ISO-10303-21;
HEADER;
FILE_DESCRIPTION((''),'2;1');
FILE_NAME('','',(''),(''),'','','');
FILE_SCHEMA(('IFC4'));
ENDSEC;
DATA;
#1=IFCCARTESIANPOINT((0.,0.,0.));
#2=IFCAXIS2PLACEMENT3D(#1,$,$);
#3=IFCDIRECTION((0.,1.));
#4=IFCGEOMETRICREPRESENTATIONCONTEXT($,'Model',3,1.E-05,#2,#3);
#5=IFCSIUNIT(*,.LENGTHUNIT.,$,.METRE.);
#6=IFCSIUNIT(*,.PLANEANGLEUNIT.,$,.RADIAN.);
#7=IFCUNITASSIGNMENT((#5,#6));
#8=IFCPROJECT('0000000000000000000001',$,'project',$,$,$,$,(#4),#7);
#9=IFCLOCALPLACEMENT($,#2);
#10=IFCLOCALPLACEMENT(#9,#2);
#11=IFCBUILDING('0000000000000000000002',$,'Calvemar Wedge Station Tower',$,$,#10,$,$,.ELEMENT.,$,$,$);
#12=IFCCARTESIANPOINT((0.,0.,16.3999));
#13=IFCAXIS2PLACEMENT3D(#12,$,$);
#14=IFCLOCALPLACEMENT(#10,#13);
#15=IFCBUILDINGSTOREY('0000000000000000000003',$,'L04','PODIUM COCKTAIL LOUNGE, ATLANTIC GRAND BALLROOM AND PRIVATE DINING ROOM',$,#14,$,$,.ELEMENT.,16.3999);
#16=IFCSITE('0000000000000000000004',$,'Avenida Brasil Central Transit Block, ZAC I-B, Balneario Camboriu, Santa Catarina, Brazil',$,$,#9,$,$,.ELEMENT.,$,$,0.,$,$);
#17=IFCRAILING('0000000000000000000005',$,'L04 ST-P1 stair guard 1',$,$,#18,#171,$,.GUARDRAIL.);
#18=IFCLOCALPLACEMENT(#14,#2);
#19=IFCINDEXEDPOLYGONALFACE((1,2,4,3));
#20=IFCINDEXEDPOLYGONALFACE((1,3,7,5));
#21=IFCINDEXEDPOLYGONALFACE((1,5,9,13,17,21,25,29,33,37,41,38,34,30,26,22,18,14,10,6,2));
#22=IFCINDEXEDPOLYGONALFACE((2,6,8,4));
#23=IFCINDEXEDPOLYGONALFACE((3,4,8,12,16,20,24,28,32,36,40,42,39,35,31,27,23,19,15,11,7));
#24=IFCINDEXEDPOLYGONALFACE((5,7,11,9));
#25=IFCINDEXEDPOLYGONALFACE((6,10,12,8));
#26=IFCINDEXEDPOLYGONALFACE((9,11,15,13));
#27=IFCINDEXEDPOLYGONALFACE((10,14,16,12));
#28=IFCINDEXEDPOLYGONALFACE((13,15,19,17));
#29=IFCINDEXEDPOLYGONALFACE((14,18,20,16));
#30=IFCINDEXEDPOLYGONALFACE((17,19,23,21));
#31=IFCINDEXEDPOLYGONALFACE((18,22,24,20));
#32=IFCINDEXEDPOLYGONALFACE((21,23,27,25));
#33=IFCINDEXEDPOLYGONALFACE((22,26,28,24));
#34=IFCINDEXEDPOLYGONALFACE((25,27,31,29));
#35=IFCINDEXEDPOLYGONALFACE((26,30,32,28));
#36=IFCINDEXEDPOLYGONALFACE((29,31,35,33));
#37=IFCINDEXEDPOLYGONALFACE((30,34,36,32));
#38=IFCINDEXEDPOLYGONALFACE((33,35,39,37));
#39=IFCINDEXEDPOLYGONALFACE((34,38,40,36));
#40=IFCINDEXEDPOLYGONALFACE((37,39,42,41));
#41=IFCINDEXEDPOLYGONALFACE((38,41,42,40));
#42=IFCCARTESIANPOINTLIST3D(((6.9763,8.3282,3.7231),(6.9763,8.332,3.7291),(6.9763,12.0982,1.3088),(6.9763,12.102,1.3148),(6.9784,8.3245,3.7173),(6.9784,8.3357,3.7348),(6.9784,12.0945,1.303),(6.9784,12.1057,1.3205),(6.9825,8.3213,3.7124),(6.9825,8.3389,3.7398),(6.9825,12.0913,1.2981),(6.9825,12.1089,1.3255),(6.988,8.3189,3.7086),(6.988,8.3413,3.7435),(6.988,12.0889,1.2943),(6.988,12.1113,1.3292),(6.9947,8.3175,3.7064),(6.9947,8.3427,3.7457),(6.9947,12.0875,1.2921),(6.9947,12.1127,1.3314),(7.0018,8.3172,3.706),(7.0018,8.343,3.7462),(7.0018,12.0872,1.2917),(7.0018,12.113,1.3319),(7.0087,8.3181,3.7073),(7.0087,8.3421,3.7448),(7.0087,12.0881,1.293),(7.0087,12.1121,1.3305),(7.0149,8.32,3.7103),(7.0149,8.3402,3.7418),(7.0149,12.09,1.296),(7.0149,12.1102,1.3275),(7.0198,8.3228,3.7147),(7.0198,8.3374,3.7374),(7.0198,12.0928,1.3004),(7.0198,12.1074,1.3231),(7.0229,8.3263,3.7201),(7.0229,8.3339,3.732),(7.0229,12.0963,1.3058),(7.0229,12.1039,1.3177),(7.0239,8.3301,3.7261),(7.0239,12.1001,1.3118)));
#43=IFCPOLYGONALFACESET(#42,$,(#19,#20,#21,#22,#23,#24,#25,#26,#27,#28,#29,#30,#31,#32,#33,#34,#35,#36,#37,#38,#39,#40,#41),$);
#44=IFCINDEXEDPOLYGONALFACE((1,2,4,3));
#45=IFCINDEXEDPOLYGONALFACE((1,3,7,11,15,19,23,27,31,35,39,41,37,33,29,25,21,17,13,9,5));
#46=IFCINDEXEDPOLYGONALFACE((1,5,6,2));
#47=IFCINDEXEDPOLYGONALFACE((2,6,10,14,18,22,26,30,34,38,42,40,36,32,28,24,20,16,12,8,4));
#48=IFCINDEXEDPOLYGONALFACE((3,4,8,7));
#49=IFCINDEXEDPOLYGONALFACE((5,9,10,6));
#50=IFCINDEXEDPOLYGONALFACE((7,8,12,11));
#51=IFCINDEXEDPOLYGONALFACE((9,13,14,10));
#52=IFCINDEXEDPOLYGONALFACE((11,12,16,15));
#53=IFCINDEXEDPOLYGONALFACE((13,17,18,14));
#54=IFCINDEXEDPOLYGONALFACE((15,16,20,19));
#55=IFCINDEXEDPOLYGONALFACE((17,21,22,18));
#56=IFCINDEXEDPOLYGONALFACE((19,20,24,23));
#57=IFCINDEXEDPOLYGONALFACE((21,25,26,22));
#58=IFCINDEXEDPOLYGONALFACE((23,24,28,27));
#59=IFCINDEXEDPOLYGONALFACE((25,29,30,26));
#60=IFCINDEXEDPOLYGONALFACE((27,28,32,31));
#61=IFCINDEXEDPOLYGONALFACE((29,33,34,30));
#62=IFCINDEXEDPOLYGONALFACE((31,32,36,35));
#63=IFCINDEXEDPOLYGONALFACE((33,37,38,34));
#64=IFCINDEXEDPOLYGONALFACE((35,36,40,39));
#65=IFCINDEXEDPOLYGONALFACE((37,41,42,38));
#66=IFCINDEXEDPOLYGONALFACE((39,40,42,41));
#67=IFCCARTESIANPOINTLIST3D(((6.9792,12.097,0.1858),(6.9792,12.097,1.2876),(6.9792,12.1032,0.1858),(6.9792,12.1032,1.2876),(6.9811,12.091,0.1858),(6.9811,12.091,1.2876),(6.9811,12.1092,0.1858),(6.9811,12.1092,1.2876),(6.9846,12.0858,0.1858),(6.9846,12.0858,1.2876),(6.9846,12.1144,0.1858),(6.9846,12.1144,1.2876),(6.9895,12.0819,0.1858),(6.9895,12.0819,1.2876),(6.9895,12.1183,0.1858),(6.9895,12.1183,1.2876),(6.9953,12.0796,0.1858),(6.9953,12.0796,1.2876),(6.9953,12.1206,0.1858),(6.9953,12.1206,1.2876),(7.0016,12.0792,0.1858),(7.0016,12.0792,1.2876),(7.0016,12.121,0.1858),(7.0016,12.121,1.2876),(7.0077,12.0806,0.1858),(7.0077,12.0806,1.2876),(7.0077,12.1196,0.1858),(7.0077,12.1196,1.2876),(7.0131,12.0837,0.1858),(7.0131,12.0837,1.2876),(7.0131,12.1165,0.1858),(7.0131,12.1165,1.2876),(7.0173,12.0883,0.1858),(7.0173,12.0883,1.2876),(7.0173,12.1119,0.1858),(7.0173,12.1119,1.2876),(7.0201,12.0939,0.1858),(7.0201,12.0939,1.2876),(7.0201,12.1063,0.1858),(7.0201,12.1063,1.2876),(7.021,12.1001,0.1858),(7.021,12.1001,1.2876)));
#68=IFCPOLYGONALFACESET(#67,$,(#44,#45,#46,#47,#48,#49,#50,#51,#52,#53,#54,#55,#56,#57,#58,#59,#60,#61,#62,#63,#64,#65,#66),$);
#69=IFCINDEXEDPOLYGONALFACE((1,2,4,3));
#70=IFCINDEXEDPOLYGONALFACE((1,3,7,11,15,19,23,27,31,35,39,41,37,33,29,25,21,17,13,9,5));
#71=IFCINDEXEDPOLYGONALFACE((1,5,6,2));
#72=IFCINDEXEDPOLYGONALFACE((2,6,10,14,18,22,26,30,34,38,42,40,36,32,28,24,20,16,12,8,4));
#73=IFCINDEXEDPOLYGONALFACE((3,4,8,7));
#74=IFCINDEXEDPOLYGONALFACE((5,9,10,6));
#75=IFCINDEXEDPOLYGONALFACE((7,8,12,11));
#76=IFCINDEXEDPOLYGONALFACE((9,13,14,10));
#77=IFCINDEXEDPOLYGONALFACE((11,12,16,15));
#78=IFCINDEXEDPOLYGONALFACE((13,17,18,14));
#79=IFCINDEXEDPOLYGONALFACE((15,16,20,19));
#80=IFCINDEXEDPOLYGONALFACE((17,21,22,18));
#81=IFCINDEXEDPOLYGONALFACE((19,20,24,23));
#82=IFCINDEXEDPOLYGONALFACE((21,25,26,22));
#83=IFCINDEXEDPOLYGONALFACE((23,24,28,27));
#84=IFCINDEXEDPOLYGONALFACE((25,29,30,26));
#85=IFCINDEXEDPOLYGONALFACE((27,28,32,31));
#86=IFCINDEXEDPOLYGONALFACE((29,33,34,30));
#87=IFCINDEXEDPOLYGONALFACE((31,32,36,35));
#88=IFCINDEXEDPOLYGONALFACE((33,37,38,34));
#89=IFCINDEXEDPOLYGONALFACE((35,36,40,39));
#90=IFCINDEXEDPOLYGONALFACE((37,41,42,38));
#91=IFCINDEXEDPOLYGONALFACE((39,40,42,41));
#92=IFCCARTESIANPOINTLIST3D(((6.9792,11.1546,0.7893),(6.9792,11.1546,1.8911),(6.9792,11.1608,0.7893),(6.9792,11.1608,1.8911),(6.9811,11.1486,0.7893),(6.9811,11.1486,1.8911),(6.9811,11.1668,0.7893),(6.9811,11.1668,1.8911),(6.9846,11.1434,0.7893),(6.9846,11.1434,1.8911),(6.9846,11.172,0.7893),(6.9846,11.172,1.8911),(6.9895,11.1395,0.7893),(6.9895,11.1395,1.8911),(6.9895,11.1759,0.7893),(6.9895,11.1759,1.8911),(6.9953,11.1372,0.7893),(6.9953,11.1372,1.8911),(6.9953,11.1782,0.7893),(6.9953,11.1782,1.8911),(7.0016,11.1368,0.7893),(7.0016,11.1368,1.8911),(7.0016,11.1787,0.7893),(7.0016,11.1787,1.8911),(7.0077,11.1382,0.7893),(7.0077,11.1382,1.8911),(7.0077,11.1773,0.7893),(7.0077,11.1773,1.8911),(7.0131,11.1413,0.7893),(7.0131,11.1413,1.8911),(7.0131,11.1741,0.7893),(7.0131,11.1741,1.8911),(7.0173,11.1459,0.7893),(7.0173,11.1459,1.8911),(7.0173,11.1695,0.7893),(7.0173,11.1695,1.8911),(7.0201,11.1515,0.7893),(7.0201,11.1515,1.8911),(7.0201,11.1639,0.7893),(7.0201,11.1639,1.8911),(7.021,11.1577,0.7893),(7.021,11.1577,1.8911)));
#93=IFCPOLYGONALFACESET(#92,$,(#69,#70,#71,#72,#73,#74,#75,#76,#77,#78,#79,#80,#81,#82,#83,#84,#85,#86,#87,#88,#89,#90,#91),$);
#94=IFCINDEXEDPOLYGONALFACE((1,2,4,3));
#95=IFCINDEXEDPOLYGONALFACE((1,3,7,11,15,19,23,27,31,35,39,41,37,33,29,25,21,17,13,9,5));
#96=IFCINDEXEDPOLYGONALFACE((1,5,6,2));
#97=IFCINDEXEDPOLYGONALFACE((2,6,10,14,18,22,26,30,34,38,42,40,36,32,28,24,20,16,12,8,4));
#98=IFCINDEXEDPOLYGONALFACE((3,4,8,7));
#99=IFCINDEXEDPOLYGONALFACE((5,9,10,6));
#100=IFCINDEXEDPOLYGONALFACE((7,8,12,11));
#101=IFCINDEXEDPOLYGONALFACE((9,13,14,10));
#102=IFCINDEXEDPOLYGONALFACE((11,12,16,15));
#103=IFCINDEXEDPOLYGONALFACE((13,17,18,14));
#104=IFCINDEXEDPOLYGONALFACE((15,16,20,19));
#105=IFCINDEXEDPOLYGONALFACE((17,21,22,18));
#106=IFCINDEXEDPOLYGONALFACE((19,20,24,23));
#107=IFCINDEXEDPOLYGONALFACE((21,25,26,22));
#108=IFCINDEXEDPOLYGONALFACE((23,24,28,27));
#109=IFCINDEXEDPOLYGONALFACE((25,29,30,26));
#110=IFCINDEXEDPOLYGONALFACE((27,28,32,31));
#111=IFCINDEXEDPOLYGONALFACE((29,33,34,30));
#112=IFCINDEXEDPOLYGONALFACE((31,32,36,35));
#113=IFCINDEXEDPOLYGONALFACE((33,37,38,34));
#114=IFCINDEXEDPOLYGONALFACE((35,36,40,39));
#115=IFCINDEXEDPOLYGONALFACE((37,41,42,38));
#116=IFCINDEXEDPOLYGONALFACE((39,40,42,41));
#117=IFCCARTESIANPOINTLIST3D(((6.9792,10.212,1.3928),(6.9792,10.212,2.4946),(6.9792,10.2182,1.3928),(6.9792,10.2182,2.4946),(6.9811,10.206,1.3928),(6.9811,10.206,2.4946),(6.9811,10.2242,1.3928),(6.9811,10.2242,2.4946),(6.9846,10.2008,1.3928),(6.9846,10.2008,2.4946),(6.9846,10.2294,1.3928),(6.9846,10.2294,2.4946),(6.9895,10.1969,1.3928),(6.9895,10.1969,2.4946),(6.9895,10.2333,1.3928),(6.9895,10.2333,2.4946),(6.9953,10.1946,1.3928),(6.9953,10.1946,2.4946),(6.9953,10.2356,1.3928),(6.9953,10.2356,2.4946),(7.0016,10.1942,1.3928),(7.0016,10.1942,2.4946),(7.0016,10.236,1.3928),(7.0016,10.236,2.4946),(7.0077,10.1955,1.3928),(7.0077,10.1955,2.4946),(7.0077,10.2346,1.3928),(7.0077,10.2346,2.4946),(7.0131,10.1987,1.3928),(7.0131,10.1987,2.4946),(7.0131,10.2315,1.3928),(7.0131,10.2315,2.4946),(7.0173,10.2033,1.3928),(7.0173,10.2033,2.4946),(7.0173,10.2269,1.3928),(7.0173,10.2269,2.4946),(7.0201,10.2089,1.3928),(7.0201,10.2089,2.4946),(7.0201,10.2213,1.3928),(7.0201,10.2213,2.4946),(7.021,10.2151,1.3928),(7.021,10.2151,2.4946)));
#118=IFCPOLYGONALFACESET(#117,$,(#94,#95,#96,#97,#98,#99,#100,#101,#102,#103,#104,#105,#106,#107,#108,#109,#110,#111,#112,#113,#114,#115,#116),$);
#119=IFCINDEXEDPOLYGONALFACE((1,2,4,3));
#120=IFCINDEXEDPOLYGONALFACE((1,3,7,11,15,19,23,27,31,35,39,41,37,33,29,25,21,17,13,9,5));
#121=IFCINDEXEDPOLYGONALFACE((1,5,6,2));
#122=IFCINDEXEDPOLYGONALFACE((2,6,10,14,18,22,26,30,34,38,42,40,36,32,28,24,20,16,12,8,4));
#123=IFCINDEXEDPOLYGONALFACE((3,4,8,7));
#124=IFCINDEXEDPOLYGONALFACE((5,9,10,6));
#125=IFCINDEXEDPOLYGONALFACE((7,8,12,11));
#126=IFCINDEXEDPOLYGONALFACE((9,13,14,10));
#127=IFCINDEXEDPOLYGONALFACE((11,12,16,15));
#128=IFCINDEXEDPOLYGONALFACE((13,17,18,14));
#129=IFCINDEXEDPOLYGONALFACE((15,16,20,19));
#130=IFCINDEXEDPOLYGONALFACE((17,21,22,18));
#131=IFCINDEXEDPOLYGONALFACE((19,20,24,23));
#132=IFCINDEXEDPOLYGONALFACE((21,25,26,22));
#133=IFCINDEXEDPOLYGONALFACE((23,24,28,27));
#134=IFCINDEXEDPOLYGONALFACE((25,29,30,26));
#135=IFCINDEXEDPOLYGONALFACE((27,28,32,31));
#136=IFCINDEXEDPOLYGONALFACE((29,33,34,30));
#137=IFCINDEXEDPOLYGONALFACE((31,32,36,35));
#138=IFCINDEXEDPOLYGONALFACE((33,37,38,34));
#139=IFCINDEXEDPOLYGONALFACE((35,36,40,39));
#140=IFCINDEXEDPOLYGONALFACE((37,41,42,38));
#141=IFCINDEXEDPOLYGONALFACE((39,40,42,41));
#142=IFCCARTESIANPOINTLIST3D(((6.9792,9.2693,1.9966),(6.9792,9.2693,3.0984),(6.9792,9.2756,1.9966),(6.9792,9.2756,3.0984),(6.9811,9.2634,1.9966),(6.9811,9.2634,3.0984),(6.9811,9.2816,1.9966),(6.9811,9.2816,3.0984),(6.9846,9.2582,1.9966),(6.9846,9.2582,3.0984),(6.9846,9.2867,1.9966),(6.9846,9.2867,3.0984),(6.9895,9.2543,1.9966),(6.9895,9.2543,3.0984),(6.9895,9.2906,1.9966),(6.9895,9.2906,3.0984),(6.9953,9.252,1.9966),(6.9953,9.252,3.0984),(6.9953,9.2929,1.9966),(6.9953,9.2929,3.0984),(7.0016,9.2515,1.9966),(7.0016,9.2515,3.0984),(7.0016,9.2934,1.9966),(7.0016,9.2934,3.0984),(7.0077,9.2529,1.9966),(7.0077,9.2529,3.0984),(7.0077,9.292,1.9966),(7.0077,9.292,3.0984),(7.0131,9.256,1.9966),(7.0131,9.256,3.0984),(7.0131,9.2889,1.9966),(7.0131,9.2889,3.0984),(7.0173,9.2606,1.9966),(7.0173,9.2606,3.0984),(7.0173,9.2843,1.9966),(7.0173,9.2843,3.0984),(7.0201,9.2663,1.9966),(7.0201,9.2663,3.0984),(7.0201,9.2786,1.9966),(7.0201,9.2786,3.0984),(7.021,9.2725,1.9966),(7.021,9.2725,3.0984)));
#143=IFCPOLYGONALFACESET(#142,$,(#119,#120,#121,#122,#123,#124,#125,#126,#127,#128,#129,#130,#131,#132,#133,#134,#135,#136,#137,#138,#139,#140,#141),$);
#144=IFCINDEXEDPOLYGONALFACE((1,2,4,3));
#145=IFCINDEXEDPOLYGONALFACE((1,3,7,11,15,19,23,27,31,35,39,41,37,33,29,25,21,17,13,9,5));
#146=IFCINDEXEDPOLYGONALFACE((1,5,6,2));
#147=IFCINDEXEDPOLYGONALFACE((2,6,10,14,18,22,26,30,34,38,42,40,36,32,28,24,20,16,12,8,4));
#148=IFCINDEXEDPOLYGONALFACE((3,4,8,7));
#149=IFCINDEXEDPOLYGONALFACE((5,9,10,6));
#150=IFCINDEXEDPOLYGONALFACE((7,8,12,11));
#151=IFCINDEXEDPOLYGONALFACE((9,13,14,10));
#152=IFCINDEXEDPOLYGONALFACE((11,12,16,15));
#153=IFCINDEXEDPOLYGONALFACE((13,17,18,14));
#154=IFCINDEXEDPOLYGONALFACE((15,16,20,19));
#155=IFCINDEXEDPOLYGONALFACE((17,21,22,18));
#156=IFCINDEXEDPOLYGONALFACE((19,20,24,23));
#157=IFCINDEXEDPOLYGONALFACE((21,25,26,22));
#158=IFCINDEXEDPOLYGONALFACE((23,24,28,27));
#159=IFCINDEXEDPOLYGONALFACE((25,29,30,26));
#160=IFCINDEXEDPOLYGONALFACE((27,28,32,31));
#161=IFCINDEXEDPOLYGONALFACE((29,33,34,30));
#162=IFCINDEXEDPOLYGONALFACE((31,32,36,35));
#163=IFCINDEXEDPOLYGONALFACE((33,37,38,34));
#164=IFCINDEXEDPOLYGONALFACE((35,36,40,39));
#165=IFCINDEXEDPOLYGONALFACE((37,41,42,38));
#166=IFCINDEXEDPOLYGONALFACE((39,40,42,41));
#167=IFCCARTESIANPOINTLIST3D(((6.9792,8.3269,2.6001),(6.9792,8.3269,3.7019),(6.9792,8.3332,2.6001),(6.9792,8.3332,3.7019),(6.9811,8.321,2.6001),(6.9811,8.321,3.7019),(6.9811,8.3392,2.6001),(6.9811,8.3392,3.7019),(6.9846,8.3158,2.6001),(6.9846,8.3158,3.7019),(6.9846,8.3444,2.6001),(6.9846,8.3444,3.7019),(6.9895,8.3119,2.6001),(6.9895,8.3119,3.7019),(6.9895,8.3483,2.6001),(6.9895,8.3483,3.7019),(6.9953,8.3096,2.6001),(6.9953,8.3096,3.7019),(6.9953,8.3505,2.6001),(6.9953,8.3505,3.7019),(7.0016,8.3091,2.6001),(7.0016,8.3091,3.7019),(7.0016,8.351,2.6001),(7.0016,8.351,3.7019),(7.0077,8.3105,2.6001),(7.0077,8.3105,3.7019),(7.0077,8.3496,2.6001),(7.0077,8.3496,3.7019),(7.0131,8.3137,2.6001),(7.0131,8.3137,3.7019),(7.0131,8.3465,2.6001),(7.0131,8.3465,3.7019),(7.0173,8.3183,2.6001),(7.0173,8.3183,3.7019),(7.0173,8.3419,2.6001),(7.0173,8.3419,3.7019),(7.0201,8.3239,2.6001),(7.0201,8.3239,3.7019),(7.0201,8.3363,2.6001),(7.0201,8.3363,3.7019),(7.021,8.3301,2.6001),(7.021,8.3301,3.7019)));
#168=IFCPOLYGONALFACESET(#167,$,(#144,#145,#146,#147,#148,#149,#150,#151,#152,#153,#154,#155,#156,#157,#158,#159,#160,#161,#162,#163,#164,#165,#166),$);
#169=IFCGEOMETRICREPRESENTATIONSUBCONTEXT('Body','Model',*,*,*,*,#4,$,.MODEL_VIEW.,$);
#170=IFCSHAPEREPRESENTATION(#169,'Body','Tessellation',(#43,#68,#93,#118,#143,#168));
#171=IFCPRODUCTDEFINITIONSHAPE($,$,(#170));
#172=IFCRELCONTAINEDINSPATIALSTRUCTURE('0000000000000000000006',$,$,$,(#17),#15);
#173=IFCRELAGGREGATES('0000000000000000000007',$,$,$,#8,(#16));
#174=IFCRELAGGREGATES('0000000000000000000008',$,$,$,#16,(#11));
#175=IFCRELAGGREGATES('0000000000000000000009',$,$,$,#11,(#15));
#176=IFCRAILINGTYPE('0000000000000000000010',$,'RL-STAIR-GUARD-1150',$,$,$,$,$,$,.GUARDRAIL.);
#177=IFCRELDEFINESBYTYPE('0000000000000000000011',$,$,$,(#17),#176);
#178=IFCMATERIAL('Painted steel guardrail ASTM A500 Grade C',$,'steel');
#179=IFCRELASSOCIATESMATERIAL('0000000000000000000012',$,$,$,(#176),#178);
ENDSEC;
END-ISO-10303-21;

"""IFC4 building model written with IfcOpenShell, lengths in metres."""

from ifc_helpers import new_model, si_unit, direction, frame, origin, origin_2d, place, context, subcontext, project, spatial, circle, extrude, material, type_object, element, save


model = new_model("IFC4")

# Units and contexts
model_context = context("Model", 3, precision=1e-05, world=origin(), true_north=direction((0.0, 1.0)))
body_context = subcontext(model_context, "Body", "Model", "MODEL_VIEW")
ifc_project = project(units=[si_unit("LENGTHUNIT", "METRE"), si_unit("PLANEANGLEUNIT", "RADIAN")], contexts=[model_context])

# Site, building, storey
site_placement = place(None, origin())
site = spatial("IfcSite", under=ifc_project, at=site_placement, Name="Avenida Brasil Central Transit Block, ZAC I-B, Balneario Camboriu, Santa Catarina, Brazil", CompositionType="ELEMENT", RefElevation=0.0)
building_placement = place(site_placement, origin())
building = spatial("IfcBuilding", under=site, at=building_placement, Name="Calvemar Wedge Station Tower", CompositionType="ELEMENT")
storey_placement = place(building_placement, frame((0.0, 0.0, 16.3999)))
storey = spatial("IfcBuildingStorey", under=building, at=storey_placement, Name="L04", Description="PODIUM COCKTAIL LOUNGE, ATLANTIC GRAND BALLROOM AND PRIVATE DINING ROOM", CompositionType="ELEMENT", Elevation=16.3999)

# Railing
ifc_material_1 = material(Name="Painted steel guardrail ASTM A500 Grade C", Category="steel")
railing_type_1 = type_object("IfcRailingType", Name="RL-STAIR-GUARD-1150", PredefinedType="GUARDRAIL", material=ifc_material_1)
railing_1_placement = place(storey_placement, frame((7.0, 12.1001, 0.1858)))
element("IfcRailing", 1, at=railing_1_placement, inside=storey, type_object=railing_type_1, Name="L04 ST-P1 stair guard 1", PredefinedType="GUARDRAIL", context=body_context, shape_type="SweptSolid", body=[
    extrude(circle(Radius=0.0239, at=origin_2d()), frame((0.0, 0.0, 1.126), z_axis=(0.0, -0.84212, 0.53929), x_axis=(1.0, 0.0, 0.0)), (0.0, 0.0, 1.0), 4.4768),
    extrude(circle(Radius=0.021, at=origin_2d()), origin(), (0.0, 0.0, 1.0), 1.1018),
    extrude(circle(Radius=0.021, at=origin_2d()), frame((0.0, -0.9424, 0.6035)), (0.0, 0.0, 1.0), 1.1018),
    extrude(circle(Radius=0.021, at=origin_2d()), frame((0.0, -1.885, 1.207)), (0.0, 0.0, 1.0), 1.1018),
    extrude(circle(Radius=0.021, at=origin_2d()), frame((0.0, -2.8276, 1.8108)), (0.0, 0.0, 1.0), 1.1018),
    extrude(circle(Radius=0.021, at=origin_2d()), frame((0.0, -3.77, 2.4143)), (0.0, 0.0, 1.0), 1.1018),
])

save(model, "model.ifc")
